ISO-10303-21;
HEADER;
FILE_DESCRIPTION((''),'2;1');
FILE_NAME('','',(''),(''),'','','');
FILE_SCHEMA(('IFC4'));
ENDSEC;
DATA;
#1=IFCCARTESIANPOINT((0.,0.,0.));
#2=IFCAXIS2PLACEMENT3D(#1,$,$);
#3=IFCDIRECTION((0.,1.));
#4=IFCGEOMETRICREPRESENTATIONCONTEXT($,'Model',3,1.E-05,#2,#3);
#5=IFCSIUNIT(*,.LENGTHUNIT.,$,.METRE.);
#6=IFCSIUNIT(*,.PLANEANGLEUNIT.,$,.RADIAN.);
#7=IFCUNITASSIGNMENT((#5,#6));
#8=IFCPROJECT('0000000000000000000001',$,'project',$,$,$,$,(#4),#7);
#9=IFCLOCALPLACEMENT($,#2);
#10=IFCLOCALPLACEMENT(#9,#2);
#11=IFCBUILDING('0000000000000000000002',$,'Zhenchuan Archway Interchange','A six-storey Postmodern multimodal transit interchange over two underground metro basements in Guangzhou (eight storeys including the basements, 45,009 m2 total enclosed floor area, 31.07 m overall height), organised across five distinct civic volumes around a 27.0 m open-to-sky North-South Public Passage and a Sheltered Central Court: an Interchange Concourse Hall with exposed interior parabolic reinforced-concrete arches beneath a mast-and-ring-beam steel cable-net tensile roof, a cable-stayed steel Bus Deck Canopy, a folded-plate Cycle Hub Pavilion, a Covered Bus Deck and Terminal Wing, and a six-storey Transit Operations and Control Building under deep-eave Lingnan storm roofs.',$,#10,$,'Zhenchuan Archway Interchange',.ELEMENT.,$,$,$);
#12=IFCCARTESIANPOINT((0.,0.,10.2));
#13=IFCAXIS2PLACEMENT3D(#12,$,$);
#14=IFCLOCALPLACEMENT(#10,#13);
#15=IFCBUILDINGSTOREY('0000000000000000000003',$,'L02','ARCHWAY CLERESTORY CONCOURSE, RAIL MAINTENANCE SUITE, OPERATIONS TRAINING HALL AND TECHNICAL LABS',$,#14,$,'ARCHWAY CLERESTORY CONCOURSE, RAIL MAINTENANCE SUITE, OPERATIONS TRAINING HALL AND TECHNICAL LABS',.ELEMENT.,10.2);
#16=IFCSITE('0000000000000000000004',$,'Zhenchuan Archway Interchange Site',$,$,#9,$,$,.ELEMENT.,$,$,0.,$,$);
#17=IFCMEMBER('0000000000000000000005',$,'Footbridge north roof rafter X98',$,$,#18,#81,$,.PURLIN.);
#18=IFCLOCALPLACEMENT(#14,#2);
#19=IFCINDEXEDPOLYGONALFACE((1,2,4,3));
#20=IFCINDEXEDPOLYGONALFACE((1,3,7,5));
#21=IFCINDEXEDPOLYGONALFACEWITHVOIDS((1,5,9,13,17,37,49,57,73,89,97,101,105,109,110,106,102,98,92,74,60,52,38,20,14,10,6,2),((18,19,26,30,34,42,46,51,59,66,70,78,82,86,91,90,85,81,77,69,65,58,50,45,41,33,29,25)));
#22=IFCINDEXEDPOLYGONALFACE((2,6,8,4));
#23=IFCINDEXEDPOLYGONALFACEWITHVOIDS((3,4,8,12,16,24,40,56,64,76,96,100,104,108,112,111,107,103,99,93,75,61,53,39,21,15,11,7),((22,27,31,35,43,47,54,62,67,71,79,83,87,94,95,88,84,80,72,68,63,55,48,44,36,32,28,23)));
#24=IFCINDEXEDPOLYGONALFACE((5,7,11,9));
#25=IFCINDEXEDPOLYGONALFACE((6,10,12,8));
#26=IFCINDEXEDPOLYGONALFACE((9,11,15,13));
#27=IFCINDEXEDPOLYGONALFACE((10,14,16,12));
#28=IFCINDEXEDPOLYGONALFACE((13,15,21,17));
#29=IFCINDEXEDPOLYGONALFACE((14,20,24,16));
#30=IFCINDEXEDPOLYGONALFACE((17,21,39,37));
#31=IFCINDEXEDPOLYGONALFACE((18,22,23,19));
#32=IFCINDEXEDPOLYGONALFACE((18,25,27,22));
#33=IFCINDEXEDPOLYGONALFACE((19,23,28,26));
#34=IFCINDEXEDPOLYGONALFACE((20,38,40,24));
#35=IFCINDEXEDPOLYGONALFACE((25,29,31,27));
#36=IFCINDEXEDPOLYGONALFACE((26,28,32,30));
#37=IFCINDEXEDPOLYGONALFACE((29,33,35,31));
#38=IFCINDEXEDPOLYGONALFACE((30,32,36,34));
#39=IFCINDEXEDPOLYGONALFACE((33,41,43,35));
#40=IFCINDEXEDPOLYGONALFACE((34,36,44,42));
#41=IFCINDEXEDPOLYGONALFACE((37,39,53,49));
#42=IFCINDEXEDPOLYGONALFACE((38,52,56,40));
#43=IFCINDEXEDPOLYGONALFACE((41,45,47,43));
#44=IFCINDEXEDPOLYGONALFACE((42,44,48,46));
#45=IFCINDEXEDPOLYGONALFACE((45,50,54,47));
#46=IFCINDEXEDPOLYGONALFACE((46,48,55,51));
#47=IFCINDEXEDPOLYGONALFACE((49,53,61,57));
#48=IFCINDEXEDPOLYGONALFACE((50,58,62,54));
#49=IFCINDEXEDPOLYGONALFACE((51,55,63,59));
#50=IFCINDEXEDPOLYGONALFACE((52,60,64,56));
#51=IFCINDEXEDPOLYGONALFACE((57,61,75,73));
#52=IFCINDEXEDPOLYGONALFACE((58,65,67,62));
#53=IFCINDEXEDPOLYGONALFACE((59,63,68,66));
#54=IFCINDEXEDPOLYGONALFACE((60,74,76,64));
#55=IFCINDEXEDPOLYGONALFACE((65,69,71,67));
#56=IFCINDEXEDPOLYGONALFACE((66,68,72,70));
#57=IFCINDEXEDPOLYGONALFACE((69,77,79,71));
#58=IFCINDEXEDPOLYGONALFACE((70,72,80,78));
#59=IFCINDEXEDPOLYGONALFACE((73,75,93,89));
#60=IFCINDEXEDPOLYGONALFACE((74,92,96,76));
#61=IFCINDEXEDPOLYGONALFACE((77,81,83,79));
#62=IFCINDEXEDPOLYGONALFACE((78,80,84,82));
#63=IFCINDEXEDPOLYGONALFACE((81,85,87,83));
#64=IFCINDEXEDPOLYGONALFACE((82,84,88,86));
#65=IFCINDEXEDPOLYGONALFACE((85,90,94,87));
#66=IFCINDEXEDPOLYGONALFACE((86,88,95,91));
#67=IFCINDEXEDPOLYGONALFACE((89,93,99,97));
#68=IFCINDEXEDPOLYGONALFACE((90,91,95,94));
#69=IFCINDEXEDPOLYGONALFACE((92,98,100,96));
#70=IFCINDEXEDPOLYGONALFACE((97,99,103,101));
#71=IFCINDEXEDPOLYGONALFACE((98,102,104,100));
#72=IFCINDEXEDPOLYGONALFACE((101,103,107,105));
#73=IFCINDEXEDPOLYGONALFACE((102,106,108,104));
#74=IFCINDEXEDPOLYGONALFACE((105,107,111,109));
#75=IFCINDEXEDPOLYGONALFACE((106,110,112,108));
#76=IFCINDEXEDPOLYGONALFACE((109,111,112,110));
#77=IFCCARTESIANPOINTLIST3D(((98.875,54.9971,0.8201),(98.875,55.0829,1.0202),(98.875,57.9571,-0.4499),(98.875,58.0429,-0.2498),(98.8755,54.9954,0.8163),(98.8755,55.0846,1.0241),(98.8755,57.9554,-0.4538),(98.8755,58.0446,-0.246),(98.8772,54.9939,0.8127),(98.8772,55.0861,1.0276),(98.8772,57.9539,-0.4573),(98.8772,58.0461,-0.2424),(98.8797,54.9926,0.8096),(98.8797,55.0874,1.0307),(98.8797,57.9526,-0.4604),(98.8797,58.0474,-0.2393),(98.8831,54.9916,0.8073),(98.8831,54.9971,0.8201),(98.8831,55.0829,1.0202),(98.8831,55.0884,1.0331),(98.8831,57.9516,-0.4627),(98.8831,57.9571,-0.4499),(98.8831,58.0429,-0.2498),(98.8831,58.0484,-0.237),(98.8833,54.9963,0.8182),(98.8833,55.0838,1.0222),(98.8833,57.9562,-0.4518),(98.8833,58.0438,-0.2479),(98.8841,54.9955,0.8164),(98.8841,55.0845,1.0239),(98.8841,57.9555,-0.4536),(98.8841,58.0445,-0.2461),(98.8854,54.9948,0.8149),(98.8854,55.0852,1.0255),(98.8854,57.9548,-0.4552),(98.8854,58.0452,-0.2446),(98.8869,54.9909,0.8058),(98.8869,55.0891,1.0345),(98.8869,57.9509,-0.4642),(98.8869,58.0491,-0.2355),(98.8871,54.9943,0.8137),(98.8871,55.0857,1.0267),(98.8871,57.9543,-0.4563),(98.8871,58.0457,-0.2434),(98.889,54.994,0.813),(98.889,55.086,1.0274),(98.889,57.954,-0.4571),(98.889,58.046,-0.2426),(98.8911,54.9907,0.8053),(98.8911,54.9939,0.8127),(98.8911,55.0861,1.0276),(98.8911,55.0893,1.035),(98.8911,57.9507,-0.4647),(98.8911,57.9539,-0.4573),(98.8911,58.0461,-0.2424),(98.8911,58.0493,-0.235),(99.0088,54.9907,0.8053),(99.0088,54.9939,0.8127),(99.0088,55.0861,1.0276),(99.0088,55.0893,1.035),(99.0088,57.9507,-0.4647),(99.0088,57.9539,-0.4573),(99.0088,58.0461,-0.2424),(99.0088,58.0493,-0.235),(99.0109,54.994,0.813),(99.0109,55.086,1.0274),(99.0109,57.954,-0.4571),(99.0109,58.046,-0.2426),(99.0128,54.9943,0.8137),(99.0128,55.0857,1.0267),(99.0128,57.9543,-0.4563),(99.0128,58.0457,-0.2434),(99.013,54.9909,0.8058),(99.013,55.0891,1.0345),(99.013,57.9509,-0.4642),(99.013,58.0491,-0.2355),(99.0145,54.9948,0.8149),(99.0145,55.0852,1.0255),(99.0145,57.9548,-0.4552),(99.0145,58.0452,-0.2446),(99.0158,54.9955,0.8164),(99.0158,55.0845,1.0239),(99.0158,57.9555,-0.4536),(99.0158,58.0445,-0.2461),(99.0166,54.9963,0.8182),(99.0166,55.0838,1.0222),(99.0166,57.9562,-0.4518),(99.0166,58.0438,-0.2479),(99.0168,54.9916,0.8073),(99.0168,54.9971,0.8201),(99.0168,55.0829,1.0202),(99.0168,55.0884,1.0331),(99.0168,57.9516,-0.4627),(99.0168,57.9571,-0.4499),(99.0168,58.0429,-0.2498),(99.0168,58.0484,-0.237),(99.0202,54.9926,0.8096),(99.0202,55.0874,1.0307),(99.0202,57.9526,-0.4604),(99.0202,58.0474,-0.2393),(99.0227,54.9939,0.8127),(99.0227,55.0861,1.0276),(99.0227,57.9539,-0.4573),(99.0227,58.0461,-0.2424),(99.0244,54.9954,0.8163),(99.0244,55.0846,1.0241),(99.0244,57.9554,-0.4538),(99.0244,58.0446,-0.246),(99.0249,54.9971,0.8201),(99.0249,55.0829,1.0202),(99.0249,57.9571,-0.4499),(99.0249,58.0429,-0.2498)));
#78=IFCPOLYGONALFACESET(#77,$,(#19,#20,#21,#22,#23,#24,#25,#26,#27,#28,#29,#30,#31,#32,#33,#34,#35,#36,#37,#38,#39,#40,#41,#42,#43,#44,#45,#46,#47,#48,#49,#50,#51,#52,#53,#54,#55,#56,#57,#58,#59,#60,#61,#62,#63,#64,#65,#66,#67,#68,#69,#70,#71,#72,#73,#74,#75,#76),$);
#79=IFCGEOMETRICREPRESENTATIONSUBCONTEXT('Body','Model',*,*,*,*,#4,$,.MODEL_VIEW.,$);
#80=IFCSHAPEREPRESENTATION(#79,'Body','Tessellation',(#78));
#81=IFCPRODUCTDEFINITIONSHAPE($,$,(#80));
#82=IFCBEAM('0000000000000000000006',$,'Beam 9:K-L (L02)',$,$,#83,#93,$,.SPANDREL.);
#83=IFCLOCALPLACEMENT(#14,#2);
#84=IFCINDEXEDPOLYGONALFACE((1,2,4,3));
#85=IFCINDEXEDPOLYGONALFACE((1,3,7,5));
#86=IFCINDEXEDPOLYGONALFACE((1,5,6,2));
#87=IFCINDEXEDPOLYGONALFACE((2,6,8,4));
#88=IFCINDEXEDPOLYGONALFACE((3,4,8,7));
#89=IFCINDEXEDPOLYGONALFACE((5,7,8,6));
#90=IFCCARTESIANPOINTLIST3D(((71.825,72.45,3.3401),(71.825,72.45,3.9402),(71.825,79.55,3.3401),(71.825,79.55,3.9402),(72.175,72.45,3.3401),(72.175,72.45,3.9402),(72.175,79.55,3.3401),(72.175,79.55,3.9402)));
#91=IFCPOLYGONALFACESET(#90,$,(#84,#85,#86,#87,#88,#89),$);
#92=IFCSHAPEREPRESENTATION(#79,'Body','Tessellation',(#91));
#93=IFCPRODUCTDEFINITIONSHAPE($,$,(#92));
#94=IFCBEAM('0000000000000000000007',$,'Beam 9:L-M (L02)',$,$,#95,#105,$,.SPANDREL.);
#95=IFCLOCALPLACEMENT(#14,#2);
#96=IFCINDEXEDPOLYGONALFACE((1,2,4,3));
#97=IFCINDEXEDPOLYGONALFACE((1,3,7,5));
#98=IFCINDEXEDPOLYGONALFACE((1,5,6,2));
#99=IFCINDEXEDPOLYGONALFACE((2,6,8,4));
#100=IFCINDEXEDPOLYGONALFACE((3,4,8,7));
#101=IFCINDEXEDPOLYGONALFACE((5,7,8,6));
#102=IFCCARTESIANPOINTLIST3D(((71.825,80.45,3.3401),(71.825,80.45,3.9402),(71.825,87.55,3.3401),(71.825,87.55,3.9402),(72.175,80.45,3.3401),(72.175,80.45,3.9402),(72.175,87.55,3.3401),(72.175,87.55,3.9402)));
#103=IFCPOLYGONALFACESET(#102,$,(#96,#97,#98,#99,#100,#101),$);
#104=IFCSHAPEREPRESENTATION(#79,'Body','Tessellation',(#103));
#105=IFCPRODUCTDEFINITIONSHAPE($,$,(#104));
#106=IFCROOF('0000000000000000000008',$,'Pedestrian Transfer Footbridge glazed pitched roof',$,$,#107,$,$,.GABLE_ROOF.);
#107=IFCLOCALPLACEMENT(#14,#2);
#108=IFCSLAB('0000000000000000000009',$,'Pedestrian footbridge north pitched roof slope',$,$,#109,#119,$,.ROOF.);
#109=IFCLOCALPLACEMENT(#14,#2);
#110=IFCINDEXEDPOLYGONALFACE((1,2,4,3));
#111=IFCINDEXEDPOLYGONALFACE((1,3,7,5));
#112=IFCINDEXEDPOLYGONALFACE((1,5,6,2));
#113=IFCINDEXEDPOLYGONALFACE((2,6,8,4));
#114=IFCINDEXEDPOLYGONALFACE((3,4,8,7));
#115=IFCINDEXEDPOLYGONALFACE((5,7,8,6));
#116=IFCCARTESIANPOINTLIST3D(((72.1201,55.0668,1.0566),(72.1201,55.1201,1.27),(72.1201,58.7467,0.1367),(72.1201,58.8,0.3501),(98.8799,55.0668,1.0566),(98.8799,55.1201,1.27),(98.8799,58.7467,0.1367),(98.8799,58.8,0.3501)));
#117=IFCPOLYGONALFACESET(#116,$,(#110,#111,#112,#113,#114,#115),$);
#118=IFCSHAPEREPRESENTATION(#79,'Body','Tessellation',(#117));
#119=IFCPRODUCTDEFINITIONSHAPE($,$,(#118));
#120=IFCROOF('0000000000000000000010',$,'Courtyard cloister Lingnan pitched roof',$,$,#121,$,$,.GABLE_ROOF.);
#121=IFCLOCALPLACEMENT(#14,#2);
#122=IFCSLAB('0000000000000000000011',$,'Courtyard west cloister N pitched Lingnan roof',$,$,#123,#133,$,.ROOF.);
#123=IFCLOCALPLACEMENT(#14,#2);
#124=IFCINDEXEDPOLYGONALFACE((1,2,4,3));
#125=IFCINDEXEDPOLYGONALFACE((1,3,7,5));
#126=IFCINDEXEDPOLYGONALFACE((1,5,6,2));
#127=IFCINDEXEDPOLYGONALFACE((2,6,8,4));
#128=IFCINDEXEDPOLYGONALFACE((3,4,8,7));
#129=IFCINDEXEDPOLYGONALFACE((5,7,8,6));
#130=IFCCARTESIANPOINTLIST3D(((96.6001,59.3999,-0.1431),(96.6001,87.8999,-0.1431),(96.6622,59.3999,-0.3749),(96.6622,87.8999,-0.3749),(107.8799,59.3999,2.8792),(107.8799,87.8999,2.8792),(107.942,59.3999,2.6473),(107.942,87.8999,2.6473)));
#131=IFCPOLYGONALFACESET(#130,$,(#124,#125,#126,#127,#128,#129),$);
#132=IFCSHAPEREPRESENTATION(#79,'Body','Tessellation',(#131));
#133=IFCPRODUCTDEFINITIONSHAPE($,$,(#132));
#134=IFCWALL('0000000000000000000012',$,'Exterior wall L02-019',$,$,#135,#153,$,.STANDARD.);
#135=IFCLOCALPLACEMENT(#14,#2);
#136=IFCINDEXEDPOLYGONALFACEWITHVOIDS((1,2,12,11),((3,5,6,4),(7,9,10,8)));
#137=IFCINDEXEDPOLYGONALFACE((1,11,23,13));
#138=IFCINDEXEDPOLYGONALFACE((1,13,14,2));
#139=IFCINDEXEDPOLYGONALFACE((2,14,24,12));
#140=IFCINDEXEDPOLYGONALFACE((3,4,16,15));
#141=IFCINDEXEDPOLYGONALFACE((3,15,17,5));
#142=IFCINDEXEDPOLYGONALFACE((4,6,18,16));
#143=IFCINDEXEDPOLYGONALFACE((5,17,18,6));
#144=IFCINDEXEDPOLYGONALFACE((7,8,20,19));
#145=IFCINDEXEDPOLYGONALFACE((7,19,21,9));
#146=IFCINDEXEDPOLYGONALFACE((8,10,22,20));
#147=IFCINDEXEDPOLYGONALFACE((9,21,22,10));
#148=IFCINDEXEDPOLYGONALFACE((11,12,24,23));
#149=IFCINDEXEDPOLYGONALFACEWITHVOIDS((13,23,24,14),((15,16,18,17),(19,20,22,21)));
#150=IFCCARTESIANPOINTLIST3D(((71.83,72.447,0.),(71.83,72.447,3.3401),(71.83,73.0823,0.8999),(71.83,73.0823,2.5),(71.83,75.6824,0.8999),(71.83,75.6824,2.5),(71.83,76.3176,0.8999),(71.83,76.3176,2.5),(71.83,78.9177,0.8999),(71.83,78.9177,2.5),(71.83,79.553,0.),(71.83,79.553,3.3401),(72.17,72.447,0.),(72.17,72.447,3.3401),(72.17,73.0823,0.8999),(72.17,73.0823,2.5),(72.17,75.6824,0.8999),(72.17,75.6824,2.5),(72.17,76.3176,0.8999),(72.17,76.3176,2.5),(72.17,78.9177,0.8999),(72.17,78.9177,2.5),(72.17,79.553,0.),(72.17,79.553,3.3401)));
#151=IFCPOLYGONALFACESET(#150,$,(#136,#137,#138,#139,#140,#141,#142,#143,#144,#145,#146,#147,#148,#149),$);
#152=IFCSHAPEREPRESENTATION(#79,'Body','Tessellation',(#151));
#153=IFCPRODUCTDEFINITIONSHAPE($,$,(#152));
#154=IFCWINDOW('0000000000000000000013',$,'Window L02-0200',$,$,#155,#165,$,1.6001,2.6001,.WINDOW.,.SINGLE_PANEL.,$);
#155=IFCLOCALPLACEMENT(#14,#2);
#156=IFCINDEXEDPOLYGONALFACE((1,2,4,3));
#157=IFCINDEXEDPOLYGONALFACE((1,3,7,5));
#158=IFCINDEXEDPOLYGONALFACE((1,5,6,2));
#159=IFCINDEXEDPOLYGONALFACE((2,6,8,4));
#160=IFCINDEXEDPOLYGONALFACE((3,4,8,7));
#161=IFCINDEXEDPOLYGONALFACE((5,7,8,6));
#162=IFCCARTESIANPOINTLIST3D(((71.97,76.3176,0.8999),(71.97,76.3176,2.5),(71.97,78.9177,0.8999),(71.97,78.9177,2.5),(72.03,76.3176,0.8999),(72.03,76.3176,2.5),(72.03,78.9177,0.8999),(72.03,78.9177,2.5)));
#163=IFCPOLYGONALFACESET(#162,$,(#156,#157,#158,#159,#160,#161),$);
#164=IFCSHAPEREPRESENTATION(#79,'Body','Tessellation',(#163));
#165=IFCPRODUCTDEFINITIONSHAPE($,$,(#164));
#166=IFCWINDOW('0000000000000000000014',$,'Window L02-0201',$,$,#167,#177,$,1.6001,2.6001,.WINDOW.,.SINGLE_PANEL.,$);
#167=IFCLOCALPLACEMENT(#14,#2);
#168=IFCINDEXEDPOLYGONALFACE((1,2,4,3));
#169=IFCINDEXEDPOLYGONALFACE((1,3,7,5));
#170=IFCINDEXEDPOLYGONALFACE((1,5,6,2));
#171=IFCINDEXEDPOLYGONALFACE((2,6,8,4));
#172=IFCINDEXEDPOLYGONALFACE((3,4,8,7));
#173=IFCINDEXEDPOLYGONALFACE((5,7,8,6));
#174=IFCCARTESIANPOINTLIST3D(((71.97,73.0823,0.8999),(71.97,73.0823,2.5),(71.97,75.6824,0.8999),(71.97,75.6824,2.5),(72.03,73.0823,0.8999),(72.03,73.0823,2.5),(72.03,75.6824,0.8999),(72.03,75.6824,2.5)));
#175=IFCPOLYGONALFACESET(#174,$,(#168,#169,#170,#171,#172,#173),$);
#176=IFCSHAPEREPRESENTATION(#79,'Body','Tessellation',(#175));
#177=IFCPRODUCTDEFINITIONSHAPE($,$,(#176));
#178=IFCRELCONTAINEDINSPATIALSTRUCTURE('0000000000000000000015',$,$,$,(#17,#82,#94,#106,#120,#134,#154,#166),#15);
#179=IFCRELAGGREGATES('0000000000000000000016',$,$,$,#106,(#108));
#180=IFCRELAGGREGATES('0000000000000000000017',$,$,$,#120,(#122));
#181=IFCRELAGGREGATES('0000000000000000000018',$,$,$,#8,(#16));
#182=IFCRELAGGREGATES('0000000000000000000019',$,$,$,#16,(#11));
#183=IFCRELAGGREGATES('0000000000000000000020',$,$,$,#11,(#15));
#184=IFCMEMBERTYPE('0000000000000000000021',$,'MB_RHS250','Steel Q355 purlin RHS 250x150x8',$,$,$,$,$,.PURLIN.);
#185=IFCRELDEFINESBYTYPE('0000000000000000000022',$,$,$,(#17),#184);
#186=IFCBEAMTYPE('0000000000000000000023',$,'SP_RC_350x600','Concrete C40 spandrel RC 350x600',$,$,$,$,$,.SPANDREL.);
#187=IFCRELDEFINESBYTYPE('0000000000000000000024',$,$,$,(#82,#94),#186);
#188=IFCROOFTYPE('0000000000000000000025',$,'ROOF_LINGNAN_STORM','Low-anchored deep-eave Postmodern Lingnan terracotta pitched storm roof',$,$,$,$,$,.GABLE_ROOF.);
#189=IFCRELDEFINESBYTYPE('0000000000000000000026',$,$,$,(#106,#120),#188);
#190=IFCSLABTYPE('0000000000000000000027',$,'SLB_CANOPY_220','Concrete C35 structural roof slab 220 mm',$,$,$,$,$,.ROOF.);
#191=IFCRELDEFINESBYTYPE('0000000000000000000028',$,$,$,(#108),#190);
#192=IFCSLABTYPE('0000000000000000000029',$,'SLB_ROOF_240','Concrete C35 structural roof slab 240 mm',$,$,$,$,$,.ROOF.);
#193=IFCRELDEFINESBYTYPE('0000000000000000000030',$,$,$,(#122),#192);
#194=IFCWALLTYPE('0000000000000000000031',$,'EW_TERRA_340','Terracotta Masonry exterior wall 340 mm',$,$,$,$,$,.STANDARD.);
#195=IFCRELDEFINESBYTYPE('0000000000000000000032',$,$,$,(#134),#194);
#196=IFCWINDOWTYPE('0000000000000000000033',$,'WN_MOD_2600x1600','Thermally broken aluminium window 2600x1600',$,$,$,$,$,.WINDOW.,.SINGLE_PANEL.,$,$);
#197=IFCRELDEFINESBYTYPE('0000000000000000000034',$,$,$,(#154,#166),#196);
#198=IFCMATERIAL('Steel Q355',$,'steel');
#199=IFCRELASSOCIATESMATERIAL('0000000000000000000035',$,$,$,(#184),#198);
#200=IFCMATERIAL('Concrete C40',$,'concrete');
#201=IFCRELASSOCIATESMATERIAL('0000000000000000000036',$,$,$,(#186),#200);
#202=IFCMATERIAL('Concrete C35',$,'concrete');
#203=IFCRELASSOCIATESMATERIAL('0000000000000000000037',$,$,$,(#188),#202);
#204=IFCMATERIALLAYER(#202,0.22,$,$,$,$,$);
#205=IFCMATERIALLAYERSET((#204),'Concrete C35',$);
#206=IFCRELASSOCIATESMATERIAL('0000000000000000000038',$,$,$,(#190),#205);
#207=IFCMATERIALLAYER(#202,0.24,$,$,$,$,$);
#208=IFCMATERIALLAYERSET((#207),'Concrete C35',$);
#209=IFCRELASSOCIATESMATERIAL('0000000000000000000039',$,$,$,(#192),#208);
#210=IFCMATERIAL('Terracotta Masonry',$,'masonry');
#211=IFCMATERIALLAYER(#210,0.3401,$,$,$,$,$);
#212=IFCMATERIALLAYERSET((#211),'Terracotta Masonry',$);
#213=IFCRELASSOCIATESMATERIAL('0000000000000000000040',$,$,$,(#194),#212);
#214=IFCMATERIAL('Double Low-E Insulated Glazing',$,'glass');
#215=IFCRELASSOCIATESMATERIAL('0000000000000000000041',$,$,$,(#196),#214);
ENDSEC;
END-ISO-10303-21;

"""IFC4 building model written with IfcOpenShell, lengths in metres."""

from ifc_helpers import new_model, si_unit, direction, frame, frame_2d, origin, origin_2d, place, context, subcontext, project, spatial, polyline, rectangle, hollow_rectangle, outline, extrude, material, layer, layer_set, material_profile, profile_set, type_object, element, fill, aggregate, save


model = new_model("IFC4")

# Units and contexts
model_context = context("Model", 3, precision=1e-05, world=origin(), true_north=direction((0.0, 1.0)))
body_context = subcontext(model_context, "Body", "Model", "MODEL_VIEW")
ifc_project = project(units=[si_unit("LENGTHUNIT", "METRE"), si_unit("PLANEANGLEUNIT", "RADIAN")], contexts=[model_context])

# Site, building, storey
site_placement = place(None, origin())
site = spatial("IfcSite", under=ifc_project, at=site_placement, Name="Zhenchuan Archway Interchange Site", CompositionType="ELEMENT", RefElevation=0.0)
building_placement = place(site_placement, origin())
building = spatial("IfcBuilding", under=site, at=building_placement, Name="Zhenchuan Archway Interchange", Description="A six-storey Postmodern multimodal transit interchange over two underground metro basements in Guangzhou (eight storeys including the basements, 45,009 m2 total enclosed floor area, 31.07 m overall height), organised across five distinct civic volumes around a 27.0 m open-to-sky North-South Public Passage and a Sheltered Central Court: an Interchange Concourse Hall with exposed interior parabolic reinforced-concrete arches beneath a mast-and-ring-beam steel cable-net tensile roof, a cable-stayed steel Bus Deck Canopy, a folded-plate Cycle Hub Pavilion, a Covered Bus Deck and Terminal Wing, and a six-storey Transit Operations and Control Building under deep-eave Lingnan storm roofs.", LongName="Zhenchuan Archway Interchange", CompositionType="ELEMENT")
storey_placement = place(building_placement, frame((0.0, 0.0, 10.2)))
storey = spatial("IfcBuildingStorey", under=building, at=storey_placement, Name="L02", Description="ARCHWAY CLERESTORY CONCOURSE, RAIL MAINTENANCE SUITE, OPERATIONS TRAINING HALL AND TECHNICAL LABS", LongName="ARCHWAY CLERESTORY CONCOURSE, RAIL MAINTENANCE SUITE, OPERATIONS TRAINING HALL AND TECHNICAL LABS", CompositionType="ELEMENT", Elevation=10.2)

# Shared definitions
ifc_material_1 = material(Name="Concrete C40", Category="concrete")

# Shared definitions
ifc_material_2 = material(Name="Steel Q355", Category="steel")

# Member
ifc_material_profile_1 = material_profile(ifc_material_2, hollow_rectangle(XDim=0.1499, YDim=0.25, WallThickness=0.0081, InnerFilletRadius=0.0081, OuterFilletRadius=0.0161, at=origin_2d()), Name="RHS 250x150x8")
ifc_profile_set_1 = profile_set([ifc_material_profile_1], Name="Steel Q355")
member_type_1 = type_object("IfcMemberType", Name="MB_RHS250", Description="Steel Q355 purlin RHS 250x150x8", PredefinedType="PURLIN", material=ifc_profile_set_1)
member_1_placement = place(storey_placement, frame((98.95, 58.0, -0.3499), z_axis=(0.0, -0.91898, 0.394303), x_axis=(1.0, 0.0, 0.0)))
element("IfcMember", 1, at=member_1_placement, inside=storey, type_object=member_type_1, Name="Footbridge north roof rafter X98", PredefinedType="PURLIN", context=body_context, shape_type="SweptSolid", body=[
    extrude(hollow_rectangle(XDim=0.1499, YDim=0.25, WallThickness=0.0081, InnerFilletRadius=0.0081, OuterFilletRadius=0.0161, at=origin_2d()), origin(), (0.0, 0.0, 1.0), 3.2209),
])

# Beams
ifc_material_profile_2 = material_profile(ifc_material_1, rectangle(XDim=0.3501, YDim=0.6001, at=origin_2d()), Name="RC 350x600")
ifc_profile_set_2 = profile_set([ifc_material_profile_2], Name="Concrete C40")
beam_type_1 = type_object("IfcBeamType", Name="SP_RC_350x600", Description="Concrete C40 spandrel RC 350x600", PredefinedType="SPANDREL", material=ifc_profile_set_2)
for number, where, z_axis, x_axis, name in (
    (2, (72.0, 72.45, 3.6401), (0.0, 1.0, 0.0), (-1.0, 0.0, 0.0), "Beam 9:K-L (L02)"),
    (3, (72.0, 80.45, 3.6401), (0.0, 1.0, 0.0), (-1.0, 0.0, 0.0), "Beam 9:L-M (L02)"),
):
    element("IfcBeam", number, at=place(storey_placement, frame(where, z_axis=z_axis, x_axis=x_axis)), inside=storey, type_object=beam_type_1, Name=name, PredefinedType="SPANDREL", context=body_context, shape_type="SweptSolid", body=[
        extrude(rectangle(XDim=0.3501, YDim=0.6001, at=origin_2d()), origin(), (0.0, 0.0, 1.0), 7.1001),
    ])

# Roofs, slabs
ifc_material_3 = material(Name="Concrete C35", Category="concrete")
roof_type = type_object("IfcRoofType", Name="ROOF_LINGNAN_STORM", Description="Low-anchored deep-eave Postmodern Lingnan terracotta pitched storm roof", PredefinedType="GABLE_ROOF", material=ifc_material_3)
roof_1_placement = place(storey_placement, origin())
roof_1 = element("IfcRoof", 4, at=roof_1_placement, inside=storey, type_object=roof_type, Name="Pedestrian Transfer Footbridge glazed pitched roof", PredefinedType="GABLE_ROOF")
ifc_layer_1 = layer(ifc_material_3, 0.22)
ifc_layer_set_1 = layer_set([ifc_layer_1], Name="Concrete C35")
slab_type_1 = type_object("IfcSlabType", Name="SLB_CANOPY_220", Description="Concrete C35 structural roof slab 220 mm", PredefinedType="ROOF", material=ifc_layer_set_1)
slab_1_placement = place(storey_placement, frame((72.1201, 55.1201, 1.27), z_axis=(0.0, 0.24252, 0.970146), x_axis=(1.0, 0.0, 0.0)))
slab_1 = element("IfcSlab", 5, at=slab_1_placement, type_object=slab_type_1, Name="Pedestrian footbridge north pitched roof slope", PredefinedType="ROOF", context=body_context, shape_type="SweptSolid", body=[
    extrude(outline(polyline([(0.0, 0.0), (26.7598, 0.0), (26.7598, 3.7932), (0.0, 3.7932), (0.0, 0.0)])), origin(), (0.0, 0.0, -1.0), 0.22),
])
aggregate(roof_1, [slab_1])
roof_2_placement = place(storey_placement, origin())
roof_2 = element("IfcRoof", 6, at=roof_2_placement, inside=storey, type_object=roof_type, Name="Courtyard cloister Lingnan pitched roof", PredefinedType="GABLE_ROOF")
ifc_layer_2 = layer(ifc_material_3, 0.24)
ifc_layer_set_2 = layer_set([ifc_layer_2], Name="Concrete C35")
slab_type_2 = type_object("IfcSlabType", Name="SLB_ROOF_240", Description="Concrete C35 structural roof slab 240 mm", PredefinedType="ROOF", material=ifc_layer_set_2)
slab_2_placement = place(storey_placement, frame((96.6001, 59.3999, -0.1431), z_axis=(-0.258804, 0.0, 0.96593), x_axis=(0.96593, 0.0, 0.258804)))
slab_2 = element("IfcSlab", 7, at=slab_2_placement, type_object=slab_type_2, Name="Courtyard west cloister N pitched Lingnan roof", PredefinedType="ROOF", context=body_context, shape_type="SweptSolid", body=[
    extrude(outline(polyline([(0.0, 0.0), (11.6776, 0.0), (11.6776, 28.5), (0.0, 28.5), (0.0, 0.0)])), origin(), (0.0, 0.0, -1.0), 0.24),
])
aggregate(roof_2, [slab_2])

# Wall, openings, windows
ifc_material_4 = material(Name="Terracotta Masonry", Category="masonry")
ifc_layer_3 = layer(ifc_material_4, 0.3401)
ifc_layer_set_3 = layer_set([ifc_layer_3], Name="Terracotta Masonry")
wall_type = type_object("IfcWallType", Name="EW_TERRA_340", Description="Terracotta Masonry exterior wall 340 mm", PredefinedType="STANDARD", material=ifc_layer_set_3)
wall_placement = place(storey_placement, frame((72.0, 79.553, 0.0), z_axis=(0.0, 0.0, 1.0), x_axis=(0.0, -1.0, 0.0)))
wall = element("IfcWall", 8, at=wall_placement, inside=storey, type_object=wall_type, Name="Exterior wall L02-019", PredefinedType="STANDARD", context=body_context, shape_type="SweptSolid", body=[
    extrude(rectangle(XDim=7.106, YDim=0.3401, at=frame_2d((3.553, 0.0))), origin(), (0.0, 0.0, 1.0), 3.3401),
])
opening_1_placement = place(wall_placement, frame((0.6353, 0.0, 0.8999)))
opening_1 = element("IfcOpeningElement", 9, at=opening_1_placement, cuts=wall, PredefinedType="OPENING", context=body_context, shape_type="SweptSolid", body=[
    extrude(rectangle(XDim=2.6001, YDim=1.6001, at=frame_2d((1.3, 0.8))), frame((0.0, 0.1821, 0.0), z_axis=(0.0, -1.0, 0.0), x_axis=(1.0, 0.0, 0.0)), (0.0, 0.0, 1.0), 0.364),
])
opening_2_placement = place(wall_placement, frame((3.8706, 0.0, 0.8999)))
opening_2 = element("IfcOpeningElement", 10, at=opening_2_placement, cuts=wall, PredefinedType="OPENING", context=body_context, shape_type="SweptSolid", body=[
    extrude(rectangle(XDim=2.6001, YDim=1.6001, at=frame_2d((1.3, 0.8))), frame((0.0, 0.1821, 0.0), z_axis=(0.0, -1.0, 0.0), x_axis=(1.0, 0.0, 0.0)), (0.0, 0.0, 1.0), 0.364),
])
ifc_material_5 = material(Name="Double Low-E Insulated Glazing", Category="glass")
window_type = type_object("IfcWindowType", Name="WN_MOD_2600x1600", Description="Thermally broken aluminium window 2600x1600", PartitioningType="SINGLE_PANEL", PredefinedType="WINDOW", material=ifc_material_5)
window_1_placement = place(opening_1_placement, origin())
window_1 = element("IfcWindow", 11, at=window_1_placement, inside=storey, type_object=window_type, Name="Window L02-0200", OverallHeight=1.6001, OverallWidth=2.6001, PartitioningType="SINGLE_PANEL", PredefinedType="WINDOW", context=body_context, shape_type="SweptSolid", body=[
    extrude(rectangle(XDim=2.6001, YDim=1.6001, at=frame_2d((1.3, 0.8))), frame((0.0, 0.03, 0.0), z_axis=(0.0, -1.0, 0.0), x_axis=(1.0, 0.0, 0.0)), (0.0, 0.0, 1.0), 0.0601),
])
fill(opening_1, window_1)
window_2_placement = place(opening_2_placement, origin())
window_2 = element("IfcWindow", 12, at=window_2_placement, inside=storey, type_object=window_type, Name="Window L02-0201", OverallHeight=1.6001, OverallWidth=2.6001, PartitioningType="SINGLE_PANEL", PredefinedType="WINDOW", context=body_context, shape_type="SweptSolid", body=[
    extrude(rectangle(XDim=2.6001, YDim=1.6001, at=frame_2d((1.3, 0.8))), frame((0.0, 0.03, 0.0), z_axis=(0.0, -1.0, 0.0), x_axis=(1.0, 0.0, 0.0)), (0.0, 0.0, 1.0), 0.0601),
])
fill(opening_2, window_2)

save(model, "model.ifc")
